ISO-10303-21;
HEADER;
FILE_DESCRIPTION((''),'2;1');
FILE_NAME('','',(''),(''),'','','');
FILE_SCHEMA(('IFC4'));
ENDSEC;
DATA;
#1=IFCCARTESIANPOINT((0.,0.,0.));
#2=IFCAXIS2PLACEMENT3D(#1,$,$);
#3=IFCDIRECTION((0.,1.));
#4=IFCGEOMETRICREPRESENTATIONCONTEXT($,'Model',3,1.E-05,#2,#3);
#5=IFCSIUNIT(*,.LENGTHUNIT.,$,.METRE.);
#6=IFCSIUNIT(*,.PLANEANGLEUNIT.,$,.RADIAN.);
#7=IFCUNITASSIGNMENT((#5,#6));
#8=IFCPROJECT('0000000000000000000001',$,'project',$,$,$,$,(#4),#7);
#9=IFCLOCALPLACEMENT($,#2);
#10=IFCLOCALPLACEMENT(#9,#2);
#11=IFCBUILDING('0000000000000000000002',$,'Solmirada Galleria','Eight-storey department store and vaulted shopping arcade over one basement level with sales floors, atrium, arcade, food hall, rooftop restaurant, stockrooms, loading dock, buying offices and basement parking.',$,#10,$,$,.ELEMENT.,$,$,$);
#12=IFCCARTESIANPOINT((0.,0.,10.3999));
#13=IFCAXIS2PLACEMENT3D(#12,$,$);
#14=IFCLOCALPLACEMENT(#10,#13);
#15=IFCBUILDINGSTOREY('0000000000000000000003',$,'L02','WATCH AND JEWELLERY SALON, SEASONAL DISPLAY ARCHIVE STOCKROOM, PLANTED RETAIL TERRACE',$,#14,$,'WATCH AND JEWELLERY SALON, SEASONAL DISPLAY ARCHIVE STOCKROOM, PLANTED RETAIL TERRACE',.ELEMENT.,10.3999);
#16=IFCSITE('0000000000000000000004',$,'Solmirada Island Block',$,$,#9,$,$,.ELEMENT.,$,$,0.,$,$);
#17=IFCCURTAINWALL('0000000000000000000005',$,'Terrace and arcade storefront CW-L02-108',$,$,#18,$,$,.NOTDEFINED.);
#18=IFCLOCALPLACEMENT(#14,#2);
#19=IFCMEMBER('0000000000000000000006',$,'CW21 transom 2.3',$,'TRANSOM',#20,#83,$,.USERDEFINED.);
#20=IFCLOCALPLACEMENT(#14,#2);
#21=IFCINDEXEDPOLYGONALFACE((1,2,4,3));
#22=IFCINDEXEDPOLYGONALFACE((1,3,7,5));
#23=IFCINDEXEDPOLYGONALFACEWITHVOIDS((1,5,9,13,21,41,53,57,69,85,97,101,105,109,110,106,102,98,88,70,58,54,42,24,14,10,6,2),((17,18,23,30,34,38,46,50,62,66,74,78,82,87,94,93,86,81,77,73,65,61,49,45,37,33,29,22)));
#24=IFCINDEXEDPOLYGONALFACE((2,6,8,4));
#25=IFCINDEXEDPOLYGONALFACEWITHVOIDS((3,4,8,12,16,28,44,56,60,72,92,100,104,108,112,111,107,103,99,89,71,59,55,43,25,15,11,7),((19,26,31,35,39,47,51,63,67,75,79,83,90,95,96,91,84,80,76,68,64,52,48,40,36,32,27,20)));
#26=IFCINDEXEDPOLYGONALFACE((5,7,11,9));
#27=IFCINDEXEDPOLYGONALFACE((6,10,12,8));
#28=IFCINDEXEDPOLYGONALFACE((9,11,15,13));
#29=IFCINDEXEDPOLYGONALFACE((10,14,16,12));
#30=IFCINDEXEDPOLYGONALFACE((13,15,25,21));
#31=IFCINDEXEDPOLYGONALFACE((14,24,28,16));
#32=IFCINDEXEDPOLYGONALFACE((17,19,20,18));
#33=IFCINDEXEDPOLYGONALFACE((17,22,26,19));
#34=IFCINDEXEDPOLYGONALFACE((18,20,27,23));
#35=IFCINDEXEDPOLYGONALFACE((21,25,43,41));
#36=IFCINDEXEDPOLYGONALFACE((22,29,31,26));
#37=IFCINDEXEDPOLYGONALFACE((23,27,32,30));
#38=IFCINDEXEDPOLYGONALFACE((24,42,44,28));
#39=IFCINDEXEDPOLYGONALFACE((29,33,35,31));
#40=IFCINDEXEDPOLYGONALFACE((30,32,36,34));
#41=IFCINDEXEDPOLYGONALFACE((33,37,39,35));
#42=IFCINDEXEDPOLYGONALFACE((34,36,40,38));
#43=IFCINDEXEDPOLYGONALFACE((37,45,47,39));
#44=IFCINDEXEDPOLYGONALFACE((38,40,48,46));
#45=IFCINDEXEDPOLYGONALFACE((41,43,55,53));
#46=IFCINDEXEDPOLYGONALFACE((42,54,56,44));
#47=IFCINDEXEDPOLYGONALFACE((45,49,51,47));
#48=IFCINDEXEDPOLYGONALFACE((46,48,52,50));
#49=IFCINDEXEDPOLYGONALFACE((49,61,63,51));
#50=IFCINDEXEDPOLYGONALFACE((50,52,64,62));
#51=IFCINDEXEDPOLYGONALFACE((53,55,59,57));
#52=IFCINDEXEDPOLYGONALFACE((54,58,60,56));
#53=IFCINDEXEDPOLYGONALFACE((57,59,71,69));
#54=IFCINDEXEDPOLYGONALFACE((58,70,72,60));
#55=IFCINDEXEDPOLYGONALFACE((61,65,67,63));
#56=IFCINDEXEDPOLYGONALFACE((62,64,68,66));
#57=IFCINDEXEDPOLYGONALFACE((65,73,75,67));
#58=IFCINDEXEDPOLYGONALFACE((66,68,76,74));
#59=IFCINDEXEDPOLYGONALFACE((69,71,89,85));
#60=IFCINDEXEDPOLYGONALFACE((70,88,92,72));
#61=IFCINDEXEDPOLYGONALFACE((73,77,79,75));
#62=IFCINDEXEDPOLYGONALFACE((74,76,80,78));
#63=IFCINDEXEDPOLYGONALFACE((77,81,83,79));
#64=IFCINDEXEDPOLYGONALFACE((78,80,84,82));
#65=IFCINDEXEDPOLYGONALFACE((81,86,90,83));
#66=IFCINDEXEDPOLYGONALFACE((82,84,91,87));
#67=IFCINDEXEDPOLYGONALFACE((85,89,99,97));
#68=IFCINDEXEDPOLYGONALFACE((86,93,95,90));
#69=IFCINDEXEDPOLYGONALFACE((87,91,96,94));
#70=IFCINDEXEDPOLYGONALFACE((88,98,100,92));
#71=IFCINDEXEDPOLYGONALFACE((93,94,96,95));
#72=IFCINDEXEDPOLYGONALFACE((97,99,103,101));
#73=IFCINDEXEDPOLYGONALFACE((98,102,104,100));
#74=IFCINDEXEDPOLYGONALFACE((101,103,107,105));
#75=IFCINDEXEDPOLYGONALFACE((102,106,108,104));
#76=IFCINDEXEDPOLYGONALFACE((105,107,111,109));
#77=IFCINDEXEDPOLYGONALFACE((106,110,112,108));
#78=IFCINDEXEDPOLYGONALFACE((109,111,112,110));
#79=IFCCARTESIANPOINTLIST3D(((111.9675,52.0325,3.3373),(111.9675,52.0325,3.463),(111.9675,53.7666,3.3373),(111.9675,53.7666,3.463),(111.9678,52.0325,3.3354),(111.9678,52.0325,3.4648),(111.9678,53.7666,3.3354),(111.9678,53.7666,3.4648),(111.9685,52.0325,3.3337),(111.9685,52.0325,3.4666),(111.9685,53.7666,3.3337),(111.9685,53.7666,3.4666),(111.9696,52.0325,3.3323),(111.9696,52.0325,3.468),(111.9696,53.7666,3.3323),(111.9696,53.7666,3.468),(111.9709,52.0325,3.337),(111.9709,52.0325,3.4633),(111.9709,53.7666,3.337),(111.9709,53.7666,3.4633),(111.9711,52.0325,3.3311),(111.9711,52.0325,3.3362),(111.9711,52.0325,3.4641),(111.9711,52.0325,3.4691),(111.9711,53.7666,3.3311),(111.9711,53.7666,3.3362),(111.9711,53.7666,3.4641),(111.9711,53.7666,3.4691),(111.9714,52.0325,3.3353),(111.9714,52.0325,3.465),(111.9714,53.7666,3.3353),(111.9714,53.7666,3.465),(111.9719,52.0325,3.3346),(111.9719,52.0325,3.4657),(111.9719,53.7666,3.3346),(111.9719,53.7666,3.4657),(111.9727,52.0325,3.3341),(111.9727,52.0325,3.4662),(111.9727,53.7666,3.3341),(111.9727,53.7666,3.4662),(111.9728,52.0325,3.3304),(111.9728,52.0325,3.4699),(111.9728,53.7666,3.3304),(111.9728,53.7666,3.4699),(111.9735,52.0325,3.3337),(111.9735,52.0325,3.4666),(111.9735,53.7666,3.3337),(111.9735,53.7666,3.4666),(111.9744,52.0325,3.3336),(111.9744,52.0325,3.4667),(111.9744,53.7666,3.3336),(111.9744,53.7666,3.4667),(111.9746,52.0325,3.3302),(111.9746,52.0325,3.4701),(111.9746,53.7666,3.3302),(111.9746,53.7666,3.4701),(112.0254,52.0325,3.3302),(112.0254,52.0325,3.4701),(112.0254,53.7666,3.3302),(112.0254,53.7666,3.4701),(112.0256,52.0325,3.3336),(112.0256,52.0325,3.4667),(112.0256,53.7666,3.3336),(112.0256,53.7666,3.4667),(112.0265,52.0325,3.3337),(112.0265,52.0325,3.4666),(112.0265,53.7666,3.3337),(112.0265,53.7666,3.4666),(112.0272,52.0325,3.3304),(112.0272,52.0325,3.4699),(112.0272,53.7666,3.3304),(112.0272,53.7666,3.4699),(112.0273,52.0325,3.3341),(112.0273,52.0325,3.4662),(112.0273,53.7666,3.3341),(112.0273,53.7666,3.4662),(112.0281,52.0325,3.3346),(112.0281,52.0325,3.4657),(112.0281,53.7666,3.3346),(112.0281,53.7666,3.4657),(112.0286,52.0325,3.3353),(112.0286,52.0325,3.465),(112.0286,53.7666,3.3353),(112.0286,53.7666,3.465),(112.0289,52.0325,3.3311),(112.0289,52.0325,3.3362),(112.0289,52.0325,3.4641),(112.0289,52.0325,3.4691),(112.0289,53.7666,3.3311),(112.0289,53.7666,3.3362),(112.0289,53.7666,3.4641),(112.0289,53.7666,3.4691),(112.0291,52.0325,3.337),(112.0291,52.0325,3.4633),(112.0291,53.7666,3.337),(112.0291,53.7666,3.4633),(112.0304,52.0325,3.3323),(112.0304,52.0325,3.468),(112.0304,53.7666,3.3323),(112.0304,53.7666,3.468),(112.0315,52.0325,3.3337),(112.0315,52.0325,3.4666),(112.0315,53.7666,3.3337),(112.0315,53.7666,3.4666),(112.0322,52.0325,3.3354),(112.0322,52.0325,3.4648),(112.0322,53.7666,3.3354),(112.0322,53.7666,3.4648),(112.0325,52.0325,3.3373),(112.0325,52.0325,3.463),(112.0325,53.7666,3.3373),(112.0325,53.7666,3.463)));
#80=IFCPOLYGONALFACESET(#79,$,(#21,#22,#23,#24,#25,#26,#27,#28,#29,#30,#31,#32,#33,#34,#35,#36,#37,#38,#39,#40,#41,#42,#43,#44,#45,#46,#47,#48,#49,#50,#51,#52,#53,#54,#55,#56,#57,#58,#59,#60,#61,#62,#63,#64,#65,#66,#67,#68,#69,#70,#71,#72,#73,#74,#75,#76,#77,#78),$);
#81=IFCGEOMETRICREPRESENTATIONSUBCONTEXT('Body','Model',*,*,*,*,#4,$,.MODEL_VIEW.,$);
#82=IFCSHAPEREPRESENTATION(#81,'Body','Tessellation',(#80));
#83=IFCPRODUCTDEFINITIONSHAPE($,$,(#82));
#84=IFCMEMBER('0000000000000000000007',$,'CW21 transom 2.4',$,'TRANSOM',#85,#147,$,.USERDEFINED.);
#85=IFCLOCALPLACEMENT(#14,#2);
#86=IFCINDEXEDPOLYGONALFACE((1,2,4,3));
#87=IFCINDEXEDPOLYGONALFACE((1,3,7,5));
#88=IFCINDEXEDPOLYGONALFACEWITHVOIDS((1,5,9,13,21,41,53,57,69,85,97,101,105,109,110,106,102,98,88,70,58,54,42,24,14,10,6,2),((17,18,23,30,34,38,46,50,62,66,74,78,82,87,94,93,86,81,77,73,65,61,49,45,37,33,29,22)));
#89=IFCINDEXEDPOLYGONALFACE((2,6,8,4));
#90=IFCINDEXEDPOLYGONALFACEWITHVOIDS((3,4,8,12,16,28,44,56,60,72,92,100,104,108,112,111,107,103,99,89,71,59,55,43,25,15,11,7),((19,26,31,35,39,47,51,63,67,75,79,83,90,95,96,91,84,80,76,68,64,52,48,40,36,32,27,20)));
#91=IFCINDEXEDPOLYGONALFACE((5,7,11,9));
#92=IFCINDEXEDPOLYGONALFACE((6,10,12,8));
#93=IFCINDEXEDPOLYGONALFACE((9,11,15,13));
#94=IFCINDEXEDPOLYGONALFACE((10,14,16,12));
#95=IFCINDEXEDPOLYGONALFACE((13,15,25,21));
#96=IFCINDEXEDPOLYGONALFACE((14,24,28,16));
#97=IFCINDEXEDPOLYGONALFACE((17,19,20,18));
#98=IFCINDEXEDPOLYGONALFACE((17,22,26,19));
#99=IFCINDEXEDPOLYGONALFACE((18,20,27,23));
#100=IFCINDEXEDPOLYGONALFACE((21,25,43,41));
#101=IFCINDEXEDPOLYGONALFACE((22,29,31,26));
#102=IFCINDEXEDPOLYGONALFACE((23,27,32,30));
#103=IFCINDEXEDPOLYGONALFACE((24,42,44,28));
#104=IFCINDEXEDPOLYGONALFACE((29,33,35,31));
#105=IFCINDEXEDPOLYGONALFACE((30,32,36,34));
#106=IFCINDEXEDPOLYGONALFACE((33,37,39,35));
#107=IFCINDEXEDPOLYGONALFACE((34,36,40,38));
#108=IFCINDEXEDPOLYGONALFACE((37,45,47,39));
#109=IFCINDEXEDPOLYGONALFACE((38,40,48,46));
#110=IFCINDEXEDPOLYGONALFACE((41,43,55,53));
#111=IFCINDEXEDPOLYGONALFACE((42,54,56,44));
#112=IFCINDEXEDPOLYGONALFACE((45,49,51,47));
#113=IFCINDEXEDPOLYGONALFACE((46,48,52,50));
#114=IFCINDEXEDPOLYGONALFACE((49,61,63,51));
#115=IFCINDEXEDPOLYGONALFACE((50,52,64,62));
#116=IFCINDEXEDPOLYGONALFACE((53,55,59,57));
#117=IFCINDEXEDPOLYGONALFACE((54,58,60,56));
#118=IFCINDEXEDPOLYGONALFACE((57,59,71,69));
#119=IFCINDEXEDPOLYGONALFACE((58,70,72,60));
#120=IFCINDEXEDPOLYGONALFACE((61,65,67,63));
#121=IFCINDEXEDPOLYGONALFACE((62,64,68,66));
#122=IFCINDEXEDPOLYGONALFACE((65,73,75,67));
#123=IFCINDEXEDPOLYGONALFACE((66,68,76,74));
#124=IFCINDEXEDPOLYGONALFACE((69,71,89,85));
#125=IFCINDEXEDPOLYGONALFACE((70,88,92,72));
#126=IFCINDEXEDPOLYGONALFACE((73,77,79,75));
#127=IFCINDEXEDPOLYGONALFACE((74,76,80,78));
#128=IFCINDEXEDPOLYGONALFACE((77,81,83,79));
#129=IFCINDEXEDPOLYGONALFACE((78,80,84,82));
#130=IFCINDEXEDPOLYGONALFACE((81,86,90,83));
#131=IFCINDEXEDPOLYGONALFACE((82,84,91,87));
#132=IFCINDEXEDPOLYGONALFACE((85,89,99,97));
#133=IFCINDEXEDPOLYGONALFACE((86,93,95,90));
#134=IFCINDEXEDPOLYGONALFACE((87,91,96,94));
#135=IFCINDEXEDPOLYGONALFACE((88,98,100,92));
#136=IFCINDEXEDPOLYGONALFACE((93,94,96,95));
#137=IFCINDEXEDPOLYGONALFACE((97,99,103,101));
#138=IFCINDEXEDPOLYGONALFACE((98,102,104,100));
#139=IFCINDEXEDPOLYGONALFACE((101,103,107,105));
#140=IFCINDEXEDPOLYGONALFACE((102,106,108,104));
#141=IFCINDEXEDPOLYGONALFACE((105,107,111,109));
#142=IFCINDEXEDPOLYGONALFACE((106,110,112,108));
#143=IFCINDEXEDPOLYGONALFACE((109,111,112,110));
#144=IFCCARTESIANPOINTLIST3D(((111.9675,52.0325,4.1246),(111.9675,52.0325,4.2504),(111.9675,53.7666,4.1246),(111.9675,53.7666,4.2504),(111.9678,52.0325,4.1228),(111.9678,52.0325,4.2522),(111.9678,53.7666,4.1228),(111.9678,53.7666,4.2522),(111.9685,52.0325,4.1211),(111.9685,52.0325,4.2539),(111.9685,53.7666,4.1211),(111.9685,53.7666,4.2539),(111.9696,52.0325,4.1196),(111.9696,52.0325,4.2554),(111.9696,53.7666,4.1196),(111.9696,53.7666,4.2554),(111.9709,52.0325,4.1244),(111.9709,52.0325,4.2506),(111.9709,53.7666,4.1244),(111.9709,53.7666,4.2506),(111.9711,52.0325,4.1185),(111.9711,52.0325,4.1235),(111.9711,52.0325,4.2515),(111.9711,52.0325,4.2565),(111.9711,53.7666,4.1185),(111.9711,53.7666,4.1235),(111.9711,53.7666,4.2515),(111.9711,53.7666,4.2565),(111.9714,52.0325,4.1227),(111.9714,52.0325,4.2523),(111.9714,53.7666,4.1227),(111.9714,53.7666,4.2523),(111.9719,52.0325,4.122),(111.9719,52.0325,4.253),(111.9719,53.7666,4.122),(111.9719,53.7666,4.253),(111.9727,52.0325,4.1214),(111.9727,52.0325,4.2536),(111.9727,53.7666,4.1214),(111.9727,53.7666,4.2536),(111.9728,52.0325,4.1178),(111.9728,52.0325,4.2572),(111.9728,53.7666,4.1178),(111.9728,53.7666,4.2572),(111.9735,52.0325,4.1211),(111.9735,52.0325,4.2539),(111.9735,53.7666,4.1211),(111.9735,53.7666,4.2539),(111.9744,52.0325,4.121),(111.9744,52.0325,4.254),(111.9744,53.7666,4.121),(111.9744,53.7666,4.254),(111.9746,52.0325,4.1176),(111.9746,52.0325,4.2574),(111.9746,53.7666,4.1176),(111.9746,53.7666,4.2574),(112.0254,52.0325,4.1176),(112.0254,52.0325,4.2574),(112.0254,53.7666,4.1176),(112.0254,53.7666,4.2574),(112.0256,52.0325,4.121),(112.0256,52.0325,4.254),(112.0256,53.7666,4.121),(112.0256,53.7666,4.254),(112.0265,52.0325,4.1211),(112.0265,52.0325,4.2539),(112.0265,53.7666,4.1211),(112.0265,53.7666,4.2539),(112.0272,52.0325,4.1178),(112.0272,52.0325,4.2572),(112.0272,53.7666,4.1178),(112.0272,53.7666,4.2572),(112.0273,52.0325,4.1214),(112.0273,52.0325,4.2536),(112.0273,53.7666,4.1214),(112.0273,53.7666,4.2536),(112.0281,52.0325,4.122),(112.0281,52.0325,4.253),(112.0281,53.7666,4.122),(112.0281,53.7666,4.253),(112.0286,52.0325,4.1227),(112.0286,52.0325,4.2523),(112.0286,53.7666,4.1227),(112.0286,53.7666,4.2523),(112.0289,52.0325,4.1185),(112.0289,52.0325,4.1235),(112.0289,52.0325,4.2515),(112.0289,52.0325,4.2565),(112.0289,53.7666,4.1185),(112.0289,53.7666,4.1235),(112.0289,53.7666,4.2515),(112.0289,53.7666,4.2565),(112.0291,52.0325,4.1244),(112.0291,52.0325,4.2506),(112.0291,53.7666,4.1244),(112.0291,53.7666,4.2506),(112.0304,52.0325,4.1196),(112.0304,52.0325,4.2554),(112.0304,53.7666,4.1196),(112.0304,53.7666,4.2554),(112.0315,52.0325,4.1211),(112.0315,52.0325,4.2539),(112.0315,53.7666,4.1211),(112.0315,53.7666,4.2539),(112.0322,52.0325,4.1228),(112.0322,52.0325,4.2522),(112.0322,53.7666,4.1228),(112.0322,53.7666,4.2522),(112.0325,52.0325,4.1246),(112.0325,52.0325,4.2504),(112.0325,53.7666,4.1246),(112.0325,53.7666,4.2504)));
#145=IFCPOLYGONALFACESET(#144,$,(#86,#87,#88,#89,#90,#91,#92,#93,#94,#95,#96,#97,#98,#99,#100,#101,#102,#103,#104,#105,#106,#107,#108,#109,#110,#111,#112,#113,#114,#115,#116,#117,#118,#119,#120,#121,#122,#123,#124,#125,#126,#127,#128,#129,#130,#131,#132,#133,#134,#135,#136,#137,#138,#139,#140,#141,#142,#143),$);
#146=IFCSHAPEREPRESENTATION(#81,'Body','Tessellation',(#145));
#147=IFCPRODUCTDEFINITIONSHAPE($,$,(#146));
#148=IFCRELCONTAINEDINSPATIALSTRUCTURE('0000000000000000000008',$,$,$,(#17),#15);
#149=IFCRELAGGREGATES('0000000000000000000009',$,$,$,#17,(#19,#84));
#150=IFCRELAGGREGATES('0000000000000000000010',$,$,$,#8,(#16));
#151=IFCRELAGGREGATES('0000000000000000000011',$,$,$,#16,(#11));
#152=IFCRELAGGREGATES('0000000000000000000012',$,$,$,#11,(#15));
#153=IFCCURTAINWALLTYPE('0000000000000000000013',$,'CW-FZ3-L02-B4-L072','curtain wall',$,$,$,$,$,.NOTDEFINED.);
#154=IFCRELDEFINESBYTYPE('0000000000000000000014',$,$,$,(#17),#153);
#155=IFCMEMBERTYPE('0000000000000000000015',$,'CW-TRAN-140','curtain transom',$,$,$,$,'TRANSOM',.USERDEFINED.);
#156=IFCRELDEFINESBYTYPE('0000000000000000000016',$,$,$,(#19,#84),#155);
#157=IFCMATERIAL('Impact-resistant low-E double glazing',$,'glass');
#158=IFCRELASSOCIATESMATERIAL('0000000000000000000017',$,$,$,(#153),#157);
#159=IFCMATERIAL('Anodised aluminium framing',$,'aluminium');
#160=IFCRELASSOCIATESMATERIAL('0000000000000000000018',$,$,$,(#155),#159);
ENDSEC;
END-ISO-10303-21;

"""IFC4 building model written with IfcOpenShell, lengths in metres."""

from ifc_helpers import new_model, si_unit, direction, frame, origin, origin_2d, place, context, subcontext, project, spatial, hollow_rectangle, extrude, material, material_profile, profile_set, type_object, element, aggregate, save


model = new_model("IFC4")

# Units and contexts
model_context = context("Model", 3, precision=1e-05, world=origin(), true_north=direction((0.0, 1.0)))
body_context = subcontext(model_context, "Body", "Model", "MODEL_VIEW")
ifc_project = project(units=[si_unit("LENGTHUNIT", "METRE"), si_unit("PLANEANGLEUNIT", "RADIAN")], contexts=[model_context])

# Site, building, storey
site_placement = place(None, origin())
site = spatial("IfcSite", under=ifc_project, at=site_placement, Name="Solmirada Island Block", CompositionType="ELEMENT", RefElevation=0.0)
building_placement = place(site_placement, origin())
building = spatial("IfcBuilding", under=site, at=building_placement, Name="Solmirada Galleria", Description="Eight-storey department store and vaulted shopping arcade over one basement level with sales floors, atrium, arcade, food hall, rooftop restaurant, stockrooms, loading dock, buying offices and basement parking.", CompositionType="ELEMENT")
storey_placement = place(building_placement, frame((0.0, 0.0, 10.3999)))
storey = spatial("IfcBuildingStorey", under=building, at=storey_placement, Name="L02", Description="WATCH AND JEWELLERY SALON, SEASONAL DISPLAY ARCHIVE STOCKROOM, PLANTED RETAIL TERRACE", LongName="WATCH AND JEWELLERY SALON, SEASONAL DISPLAY ARCHIVE STOCKROOM, PLANTED RETAIL TERRACE", CompositionType="ELEMENT", Elevation=10.3999)

# Curtain wall
ifc_material_1 = material(Name="Impact-resistant low-E double glazing", Category="glass")
curtain_wall_type = type_object("IfcCurtainWallType", Name="CW-FZ3-L02-B4-L072", Description="curtain wall", PredefinedType="NOTDEFINED", material=ifc_material_1)
ifc_material_2 = material(Name="Anodised aluminium framing", Category="aluminium")
curtain_wall_1_placement = place(storey_placement, origin())
curtain_wall_1 = element("IfcCurtainWall", 1, at=curtain_wall_1_placement, inside=storey, type_object=curtain_wall_type, Name="Terrace and arcade storefront CW-L02-108", PredefinedType="NOTDEFINED")

# Members
ifc_material_profile_1 = material_profile(ifc_material_2, hollow_rectangle(XDim=0.0649, YDim=0.1399, WallThickness=0.0034, InnerFilletRadius=0.0034, OuterFilletRadius=0.0071, at=origin_2d()), Name="ALU-TRAN-140X65")
ifc_profile_set_1 = profile_set([ifc_material_profile_1], Name="Anodised aluminium framing")
member_type_1 = type_object("IfcMemberType", Name="CW-TRAN-140", Description="curtain transom", ElementType="TRANSOM", PredefinedType="USERDEFINED", material=ifc_profile_set_1)
member_1_placement = place(storey_placement, frame((112.0, 53.7666, 3.4001), z_axis=(0.0, -1.0, 0.0), x_axis=(1.0, 0.0, 0.0)))
member_1 = element("IfcMember", 2, at=member_1_placement, type_object=member_type_1, Name="CW21 transom 2.3", ObjectType="TRANSOM", PredefinedType="USERDEFINED", context=body_context, shape_type="SweptSolid", body=[
    extrude(hollow_rectangle(XDim=0.0649, YDim=0.1399, WallThickness=0.0034, InnerFilletRadius=0.0034, OuterFilletRadius=0.0071, at=origin_2d()), origin(), (0.0, 0.0, 1.0), 1.7341),
])
member_2_placement = place(storey_placement, frame((112.0, 53.7666, 4.1875), z_axis=(0.0, -1.0, 0.0), x_axis=(1.0, 0.0, 0.0)))
member_2 = element("IfcMember", 3, at=member_2_placement, type_object=member_type_1, Name="CW21 transom 2.4", ObjectType="TRANSOM", PredefinedType="USERDEFINED", context=body_context, shape_type="SweptSolid", body=[
    extrude(hollow_rectangle(XDim=0.0649, YDim=0.1399, WallThickness=0.0034, InnerFilletRadius=0.0034, OuterFilletRadius=0.0071, at=origin_2d()), origin(), (0.0, 0.0, 1.0), 1.7341),
])

aggregate(curtain_wall_1, [member_1, member_2])

save(model, "model.ifc")
